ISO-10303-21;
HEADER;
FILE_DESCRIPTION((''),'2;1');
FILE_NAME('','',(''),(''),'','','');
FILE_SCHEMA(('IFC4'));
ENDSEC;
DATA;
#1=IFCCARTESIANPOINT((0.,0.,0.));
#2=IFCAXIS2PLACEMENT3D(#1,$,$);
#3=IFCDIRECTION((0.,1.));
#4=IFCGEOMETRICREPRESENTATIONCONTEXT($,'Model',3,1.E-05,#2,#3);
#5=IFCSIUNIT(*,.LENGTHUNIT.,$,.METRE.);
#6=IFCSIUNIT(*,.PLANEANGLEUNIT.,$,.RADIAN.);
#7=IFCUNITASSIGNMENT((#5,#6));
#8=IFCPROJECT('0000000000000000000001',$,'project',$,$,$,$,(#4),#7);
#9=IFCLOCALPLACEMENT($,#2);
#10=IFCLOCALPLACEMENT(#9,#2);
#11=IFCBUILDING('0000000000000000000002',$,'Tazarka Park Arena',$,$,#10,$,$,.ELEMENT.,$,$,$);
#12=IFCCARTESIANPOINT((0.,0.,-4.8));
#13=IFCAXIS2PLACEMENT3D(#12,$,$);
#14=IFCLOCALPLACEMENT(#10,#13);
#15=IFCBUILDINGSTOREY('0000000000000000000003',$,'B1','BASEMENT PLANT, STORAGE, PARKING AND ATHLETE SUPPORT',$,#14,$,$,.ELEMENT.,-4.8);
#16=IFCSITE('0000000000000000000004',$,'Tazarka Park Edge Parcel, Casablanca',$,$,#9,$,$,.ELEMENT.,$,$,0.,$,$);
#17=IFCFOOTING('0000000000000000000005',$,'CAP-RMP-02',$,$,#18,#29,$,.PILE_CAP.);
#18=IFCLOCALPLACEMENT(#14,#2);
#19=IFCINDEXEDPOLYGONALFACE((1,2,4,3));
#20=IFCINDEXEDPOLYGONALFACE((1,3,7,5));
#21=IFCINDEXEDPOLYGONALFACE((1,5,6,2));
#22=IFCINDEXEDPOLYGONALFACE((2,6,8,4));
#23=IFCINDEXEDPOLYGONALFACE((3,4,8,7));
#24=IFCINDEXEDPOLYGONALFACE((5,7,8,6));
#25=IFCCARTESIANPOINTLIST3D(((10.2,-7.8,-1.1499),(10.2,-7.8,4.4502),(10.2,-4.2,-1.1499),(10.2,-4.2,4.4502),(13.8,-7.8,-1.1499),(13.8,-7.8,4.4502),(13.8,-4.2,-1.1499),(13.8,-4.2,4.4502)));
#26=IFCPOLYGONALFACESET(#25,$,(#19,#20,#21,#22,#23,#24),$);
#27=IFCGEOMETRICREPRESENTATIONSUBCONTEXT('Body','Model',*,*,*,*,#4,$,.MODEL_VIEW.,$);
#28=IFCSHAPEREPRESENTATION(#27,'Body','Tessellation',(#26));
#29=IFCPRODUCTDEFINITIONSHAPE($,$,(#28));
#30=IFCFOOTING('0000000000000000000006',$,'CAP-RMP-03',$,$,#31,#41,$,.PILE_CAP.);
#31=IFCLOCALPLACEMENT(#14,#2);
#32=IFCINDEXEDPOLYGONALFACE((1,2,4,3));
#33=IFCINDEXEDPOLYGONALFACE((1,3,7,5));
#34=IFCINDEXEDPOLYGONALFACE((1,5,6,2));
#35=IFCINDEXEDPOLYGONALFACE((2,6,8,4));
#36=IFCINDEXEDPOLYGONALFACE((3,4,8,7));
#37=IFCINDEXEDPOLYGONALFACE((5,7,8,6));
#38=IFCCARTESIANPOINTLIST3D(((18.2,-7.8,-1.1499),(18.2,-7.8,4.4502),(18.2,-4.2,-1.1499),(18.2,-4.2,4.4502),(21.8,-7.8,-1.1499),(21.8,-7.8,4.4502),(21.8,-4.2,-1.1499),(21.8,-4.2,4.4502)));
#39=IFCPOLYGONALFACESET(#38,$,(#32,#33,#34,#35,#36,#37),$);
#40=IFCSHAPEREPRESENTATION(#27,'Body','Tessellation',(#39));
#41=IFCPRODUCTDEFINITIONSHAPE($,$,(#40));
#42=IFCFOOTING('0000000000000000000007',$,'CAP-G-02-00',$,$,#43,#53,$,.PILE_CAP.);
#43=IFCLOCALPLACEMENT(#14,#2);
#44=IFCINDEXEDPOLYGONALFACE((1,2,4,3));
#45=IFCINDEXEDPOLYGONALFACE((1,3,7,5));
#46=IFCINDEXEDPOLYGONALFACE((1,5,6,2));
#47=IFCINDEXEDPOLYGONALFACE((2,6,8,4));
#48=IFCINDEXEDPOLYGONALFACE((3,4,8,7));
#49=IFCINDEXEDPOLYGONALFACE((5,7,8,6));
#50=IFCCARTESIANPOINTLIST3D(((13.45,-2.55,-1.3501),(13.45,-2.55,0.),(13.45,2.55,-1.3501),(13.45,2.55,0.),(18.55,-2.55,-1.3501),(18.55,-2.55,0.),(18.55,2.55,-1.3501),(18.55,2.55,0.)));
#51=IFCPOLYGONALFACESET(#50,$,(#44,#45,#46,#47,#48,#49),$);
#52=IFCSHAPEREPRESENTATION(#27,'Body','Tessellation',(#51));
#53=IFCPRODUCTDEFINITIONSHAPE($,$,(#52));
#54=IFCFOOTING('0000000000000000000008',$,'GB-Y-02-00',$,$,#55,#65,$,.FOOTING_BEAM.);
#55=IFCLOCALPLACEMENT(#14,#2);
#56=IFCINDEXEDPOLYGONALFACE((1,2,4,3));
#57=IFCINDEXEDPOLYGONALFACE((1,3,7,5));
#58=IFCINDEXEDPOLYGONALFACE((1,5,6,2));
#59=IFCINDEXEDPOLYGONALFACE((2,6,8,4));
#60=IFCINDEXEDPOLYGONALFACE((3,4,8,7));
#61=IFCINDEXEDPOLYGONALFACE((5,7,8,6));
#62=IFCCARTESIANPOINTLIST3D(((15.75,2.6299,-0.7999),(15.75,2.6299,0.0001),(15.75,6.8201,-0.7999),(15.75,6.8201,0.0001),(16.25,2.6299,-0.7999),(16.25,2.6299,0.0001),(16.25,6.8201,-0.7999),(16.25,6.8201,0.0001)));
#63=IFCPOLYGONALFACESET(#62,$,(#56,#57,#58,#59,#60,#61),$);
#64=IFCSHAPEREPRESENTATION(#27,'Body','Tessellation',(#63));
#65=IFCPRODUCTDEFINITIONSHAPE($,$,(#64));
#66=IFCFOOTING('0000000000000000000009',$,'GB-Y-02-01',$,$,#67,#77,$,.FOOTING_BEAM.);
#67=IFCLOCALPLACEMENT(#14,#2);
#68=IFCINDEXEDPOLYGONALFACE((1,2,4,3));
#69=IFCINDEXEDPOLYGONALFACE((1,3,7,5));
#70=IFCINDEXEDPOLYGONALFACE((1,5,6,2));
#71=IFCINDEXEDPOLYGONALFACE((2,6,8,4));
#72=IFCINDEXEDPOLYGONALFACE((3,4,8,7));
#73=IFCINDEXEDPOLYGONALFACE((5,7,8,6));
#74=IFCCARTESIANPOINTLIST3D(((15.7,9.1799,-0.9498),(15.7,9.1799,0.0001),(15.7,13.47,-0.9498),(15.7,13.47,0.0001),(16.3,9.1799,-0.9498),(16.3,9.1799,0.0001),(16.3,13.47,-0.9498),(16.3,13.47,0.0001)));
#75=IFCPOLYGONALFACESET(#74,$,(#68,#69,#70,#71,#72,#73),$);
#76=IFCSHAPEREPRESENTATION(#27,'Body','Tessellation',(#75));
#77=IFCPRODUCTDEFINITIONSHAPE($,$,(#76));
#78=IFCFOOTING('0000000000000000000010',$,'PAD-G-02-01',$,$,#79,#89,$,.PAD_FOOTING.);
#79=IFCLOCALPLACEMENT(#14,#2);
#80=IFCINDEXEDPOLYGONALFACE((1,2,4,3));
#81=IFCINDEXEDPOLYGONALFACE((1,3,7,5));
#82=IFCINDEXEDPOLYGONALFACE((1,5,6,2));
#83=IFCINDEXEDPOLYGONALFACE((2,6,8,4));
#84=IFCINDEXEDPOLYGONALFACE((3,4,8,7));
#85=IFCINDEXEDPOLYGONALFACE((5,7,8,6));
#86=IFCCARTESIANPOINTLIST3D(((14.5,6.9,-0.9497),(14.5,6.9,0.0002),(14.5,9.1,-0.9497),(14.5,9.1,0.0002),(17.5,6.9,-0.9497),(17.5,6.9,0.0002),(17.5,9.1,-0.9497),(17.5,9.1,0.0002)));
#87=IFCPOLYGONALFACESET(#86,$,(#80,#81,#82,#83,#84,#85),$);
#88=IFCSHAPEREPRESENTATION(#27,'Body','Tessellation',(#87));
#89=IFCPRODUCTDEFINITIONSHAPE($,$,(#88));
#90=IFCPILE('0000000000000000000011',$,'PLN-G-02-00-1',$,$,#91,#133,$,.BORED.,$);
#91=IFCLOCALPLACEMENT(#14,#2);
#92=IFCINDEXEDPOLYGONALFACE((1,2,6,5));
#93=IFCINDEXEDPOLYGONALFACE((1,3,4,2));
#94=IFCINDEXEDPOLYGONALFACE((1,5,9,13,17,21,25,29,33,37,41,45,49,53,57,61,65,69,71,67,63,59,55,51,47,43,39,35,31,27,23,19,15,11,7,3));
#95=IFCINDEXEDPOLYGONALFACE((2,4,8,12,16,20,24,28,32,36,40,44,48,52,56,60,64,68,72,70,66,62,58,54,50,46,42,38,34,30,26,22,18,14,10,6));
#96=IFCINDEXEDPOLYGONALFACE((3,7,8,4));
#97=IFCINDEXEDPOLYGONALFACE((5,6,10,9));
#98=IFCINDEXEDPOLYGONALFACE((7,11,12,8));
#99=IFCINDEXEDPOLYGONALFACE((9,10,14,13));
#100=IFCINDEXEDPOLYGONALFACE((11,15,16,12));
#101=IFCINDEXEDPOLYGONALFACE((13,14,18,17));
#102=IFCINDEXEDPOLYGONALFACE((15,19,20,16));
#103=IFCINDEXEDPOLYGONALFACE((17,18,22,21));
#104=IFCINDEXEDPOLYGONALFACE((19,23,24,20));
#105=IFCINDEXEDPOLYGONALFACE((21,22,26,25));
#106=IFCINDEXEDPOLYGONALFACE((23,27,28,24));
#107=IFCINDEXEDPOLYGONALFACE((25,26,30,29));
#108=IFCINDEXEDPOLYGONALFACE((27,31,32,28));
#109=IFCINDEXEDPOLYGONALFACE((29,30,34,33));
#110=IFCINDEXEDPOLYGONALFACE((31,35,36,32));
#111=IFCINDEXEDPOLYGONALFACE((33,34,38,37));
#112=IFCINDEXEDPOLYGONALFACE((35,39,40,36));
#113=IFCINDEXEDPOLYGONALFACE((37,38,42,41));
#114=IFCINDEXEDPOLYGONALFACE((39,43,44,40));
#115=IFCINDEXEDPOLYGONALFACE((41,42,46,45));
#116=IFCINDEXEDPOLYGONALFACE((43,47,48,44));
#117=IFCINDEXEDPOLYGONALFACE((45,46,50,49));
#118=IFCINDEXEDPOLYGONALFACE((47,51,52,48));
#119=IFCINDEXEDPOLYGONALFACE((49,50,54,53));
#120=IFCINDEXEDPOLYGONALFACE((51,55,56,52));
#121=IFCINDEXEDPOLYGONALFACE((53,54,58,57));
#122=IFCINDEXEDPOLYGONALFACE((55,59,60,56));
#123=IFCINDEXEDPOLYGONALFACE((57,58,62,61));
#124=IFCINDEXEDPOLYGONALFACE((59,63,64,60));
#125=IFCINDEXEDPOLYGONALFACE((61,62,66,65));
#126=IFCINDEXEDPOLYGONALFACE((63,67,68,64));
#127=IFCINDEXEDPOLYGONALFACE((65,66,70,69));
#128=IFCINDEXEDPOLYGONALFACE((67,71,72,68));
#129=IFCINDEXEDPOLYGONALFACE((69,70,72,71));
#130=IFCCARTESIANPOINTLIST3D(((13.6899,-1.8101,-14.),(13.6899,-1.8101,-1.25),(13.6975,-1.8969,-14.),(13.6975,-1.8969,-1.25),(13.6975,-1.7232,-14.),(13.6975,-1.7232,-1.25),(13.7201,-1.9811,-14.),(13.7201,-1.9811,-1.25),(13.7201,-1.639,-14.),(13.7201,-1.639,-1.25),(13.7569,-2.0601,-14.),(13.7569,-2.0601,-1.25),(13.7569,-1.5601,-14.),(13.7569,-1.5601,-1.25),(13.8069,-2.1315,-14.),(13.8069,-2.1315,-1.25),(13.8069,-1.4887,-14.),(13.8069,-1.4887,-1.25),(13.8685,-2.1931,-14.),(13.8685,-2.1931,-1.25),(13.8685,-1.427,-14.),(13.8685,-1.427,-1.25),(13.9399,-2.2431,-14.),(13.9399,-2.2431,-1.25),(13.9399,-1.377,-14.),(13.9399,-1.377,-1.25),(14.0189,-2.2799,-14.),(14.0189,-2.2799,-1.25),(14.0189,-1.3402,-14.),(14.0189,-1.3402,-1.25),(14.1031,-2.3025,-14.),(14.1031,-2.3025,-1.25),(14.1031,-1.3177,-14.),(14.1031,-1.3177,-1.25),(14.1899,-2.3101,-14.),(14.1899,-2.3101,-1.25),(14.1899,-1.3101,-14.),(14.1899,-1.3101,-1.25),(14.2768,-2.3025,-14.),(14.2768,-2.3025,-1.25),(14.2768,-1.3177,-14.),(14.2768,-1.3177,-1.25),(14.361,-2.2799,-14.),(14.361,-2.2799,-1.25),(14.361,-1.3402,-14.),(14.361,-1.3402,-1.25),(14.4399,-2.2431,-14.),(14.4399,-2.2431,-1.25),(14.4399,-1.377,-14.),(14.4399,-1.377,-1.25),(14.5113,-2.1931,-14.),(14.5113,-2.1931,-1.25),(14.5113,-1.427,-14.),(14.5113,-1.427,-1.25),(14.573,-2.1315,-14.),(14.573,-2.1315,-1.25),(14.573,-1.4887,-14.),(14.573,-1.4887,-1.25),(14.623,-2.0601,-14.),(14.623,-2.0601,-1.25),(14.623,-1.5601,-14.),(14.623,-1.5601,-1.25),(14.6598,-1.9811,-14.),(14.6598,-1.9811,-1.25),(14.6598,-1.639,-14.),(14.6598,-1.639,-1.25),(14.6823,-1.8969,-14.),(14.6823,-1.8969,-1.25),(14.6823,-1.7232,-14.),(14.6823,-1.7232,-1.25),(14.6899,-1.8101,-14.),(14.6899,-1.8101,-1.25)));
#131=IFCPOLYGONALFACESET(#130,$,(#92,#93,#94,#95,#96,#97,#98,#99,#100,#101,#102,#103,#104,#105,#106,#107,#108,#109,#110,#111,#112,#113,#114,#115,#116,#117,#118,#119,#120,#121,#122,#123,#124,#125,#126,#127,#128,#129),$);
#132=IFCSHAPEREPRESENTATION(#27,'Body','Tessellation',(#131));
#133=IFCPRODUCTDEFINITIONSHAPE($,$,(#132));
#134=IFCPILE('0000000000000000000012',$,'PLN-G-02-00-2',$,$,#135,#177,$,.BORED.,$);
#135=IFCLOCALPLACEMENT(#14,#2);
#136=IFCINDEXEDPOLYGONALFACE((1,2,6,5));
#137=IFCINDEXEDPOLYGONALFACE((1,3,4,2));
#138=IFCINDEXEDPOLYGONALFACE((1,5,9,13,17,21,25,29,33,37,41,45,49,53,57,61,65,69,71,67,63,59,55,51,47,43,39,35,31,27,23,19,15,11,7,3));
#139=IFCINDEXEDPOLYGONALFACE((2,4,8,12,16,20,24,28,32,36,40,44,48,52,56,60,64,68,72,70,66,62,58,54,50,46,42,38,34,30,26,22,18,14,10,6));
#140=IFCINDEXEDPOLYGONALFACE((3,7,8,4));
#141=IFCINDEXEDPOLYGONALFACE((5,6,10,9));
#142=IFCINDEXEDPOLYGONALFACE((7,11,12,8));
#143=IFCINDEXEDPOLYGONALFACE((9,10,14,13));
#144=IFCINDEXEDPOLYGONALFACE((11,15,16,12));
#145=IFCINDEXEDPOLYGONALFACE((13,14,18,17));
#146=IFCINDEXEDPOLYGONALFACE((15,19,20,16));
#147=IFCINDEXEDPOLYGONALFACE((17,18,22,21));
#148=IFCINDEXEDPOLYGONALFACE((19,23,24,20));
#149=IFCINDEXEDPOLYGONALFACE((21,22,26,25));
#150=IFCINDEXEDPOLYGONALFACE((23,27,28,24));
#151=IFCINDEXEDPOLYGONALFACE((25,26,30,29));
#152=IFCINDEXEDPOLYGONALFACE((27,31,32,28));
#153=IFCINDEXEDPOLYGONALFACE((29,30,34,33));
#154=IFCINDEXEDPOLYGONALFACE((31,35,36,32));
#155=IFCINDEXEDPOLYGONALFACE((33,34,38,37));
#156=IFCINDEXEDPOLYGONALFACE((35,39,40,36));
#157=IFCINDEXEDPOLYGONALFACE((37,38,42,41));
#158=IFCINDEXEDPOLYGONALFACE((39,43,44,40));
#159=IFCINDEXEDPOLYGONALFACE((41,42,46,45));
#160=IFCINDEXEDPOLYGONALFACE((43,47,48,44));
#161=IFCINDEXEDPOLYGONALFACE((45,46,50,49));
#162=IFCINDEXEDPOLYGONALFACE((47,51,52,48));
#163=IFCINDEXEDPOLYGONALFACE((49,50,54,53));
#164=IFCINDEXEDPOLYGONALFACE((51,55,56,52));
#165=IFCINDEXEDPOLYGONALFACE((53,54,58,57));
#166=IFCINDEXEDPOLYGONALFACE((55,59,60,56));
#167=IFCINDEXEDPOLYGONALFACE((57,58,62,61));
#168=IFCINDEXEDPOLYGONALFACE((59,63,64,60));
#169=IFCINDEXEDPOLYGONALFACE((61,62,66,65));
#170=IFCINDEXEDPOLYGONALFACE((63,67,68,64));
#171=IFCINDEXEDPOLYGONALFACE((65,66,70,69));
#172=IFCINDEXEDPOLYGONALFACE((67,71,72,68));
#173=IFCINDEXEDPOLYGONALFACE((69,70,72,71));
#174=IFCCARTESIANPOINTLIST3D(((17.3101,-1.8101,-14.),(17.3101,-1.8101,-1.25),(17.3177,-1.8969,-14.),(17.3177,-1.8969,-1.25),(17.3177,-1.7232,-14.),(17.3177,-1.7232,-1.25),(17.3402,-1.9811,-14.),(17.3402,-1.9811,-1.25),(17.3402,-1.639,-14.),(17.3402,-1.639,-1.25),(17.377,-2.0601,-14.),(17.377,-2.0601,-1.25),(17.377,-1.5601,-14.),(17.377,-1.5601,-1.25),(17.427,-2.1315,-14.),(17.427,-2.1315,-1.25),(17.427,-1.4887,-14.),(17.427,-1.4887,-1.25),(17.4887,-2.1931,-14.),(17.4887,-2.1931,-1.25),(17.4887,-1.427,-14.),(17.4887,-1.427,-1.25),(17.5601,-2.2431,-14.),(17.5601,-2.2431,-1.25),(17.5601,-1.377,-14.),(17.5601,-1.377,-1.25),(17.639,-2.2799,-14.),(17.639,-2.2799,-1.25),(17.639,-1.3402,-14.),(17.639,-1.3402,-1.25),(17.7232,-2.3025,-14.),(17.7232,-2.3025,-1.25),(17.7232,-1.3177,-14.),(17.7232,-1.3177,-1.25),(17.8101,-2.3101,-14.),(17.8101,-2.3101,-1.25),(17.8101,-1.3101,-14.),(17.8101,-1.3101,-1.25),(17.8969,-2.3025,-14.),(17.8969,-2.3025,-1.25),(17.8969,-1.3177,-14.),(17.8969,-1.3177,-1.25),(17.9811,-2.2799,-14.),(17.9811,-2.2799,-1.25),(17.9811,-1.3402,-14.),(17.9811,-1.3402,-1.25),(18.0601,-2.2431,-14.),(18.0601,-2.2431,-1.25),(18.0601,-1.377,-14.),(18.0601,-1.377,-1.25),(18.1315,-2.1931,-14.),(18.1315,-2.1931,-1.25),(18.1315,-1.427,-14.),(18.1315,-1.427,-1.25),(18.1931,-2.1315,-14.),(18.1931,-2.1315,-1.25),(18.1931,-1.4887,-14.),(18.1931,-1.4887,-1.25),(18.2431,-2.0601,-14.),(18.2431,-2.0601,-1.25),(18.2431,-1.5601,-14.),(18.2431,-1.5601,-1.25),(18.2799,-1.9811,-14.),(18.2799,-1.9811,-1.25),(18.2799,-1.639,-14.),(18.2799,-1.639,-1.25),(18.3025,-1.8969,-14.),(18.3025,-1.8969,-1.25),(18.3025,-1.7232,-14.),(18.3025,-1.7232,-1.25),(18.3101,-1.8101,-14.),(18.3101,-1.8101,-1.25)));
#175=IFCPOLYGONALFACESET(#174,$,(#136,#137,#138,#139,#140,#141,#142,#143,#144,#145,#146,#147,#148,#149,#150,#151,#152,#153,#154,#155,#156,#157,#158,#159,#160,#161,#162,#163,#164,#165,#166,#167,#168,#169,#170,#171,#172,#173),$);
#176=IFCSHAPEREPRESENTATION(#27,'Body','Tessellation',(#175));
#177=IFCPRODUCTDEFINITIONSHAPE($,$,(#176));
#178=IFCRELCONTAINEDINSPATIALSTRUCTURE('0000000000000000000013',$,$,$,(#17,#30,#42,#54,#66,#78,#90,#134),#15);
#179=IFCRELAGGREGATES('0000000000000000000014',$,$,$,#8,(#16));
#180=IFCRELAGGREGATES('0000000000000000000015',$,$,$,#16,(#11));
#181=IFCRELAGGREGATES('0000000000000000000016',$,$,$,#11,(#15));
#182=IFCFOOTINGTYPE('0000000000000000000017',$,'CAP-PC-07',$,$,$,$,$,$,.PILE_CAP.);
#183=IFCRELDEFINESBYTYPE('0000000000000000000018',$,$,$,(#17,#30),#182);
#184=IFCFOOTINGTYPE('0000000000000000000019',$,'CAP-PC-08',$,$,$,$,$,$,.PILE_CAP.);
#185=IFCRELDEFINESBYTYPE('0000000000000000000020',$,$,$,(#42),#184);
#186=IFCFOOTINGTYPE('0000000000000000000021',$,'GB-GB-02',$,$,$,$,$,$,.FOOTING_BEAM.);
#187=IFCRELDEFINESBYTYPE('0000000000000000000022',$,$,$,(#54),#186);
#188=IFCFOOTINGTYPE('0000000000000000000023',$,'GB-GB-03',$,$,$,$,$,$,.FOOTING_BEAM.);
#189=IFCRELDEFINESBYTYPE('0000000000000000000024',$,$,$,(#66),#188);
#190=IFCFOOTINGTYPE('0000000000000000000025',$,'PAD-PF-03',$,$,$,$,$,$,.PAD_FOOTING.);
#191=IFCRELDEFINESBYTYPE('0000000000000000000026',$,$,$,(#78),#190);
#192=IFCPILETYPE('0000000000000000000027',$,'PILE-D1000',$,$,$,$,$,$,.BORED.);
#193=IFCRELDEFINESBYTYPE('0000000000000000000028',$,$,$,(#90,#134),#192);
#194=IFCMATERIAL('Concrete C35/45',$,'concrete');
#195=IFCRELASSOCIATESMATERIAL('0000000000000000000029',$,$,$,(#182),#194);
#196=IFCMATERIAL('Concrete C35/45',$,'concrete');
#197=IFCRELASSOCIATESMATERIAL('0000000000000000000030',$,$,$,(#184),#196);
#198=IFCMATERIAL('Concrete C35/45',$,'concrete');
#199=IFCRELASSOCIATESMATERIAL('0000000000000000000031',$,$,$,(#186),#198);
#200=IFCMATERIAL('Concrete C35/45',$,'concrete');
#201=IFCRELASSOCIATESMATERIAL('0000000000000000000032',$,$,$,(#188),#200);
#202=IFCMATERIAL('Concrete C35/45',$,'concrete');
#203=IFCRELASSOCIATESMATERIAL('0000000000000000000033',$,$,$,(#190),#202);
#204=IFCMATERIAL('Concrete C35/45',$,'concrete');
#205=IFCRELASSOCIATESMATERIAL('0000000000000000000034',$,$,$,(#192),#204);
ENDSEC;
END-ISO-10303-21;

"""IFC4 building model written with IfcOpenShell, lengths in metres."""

from ifc_helpers import new_model, si_unit, direction, frame, origin, origin_2d, place, context, subcontext, project, spatial, rectangle, circle, extrude, material, material_profile, profile_set, type_object, element, save


model = new_model("IFC4")

# Units and contexts
model_context = context("Model", 3, precision=1e-05, world=origin(), true_north=direction((0.0, 1.0)))
body_context = subcontext(model_context, "Body", "Model", "MODEL_VIEW")
ifc_project = project(units=[si_unit("LENGTHUNIT", "METRE"), si_unit("PLANEANGLEUNIT", "RADIAN")], contexts=[model_context])

# Site, building, storey
site_placement = place(None, origin())
site = spatial("IfcSite", under=ifc_project, at=site_placement, Name="Tazarka Park Edge Parcel, Casablanca", CompositionType="ELEMENT", RefElevation=0.0)
building_placement = place(site_placement, origin())
building = spatial("IfcBuilding", under=site, at=building_placement, Name="Tazarka Park Arena", CompositionType="ELEMENT")
storey_placement = place(building_placement, frame((0.0, 0.0, -4.8)))
storey = spatial("IfcBuildingStorey", under=building, at=storey_placement, Name="B1", Description="BASEMENT PLANT, STORAGE, PARKING AND ATHLETE SUPPORT", CompositionType="ELEMENT", Elevation=-4.8)

# Footings
ifc_material_1 = material(Name="Concrete C35/45", Category="concrete")
footing_type_1 = type_object("IfcFootingType", Name="CAP-PC-07", PredefinedType="PILE_CAP", material=ifc_material_1)
for number, where, z_axis, x_axis, name in (
    (1, (12.0, -6.0, -1.1499), (0.0, 0.0, 1.0), (1.0, 0.0, 0.0), "CAP-RMP-02"),
    (2, (20.0, -6.0, -1.1499), (0.0, 0.0, 1.0), (1.0, 0.0, 0.0), "CAP-RMP-03"),
):
    element("IfcFooting", number, at=place(storey_placement, frame(where, z_axis=z_axis, x_axis=x_axis)), inside=storey, type_object=footing_type_1, Name=name, PredefinedType="PILE_CAP", context=body_context, shape_type="SweptSolid", body=[
        extrude(rectangle(XDim=3.6001, YDim=3.6001, at=origin_2d()), origin(), (0.0, 0.0, 1.0), 5.6001),
    ])
ifc_material_2 = material(Name="Concrete C35/45", Category="concrete")
footing_type_2 = type_object("IfcFootingType", Name="CAP-PC-08", PredefinedType="PILE_CAP", material=ifc_material_2)
footing_1_placement = place(storey_placement, frame((16.0, 0.0, -1.3501), z_axis=(0.0, 0.0, 1.0), x_axis=(1.0, 0.0, 0.0)))
element("IfcFooting", 3, at=footing_1_placement, inside=storey, type_object=footing_type_2, Name="CAP-G-02-00", PredefinedType="PILE_CAP", context=body_context, shape_type="SweptSolid", body=[
    extrude(rectangle(XDim=5.1001, YDim=5.1001, at=origin_2d()), origin(), (0.0, 0.0, 1.0), 1.3501),
])
ifc_material_3 = material(Name="Concrete C35/45", Category="concrete")
ifc_material_profile_1 = material_profile(ifc_material_3, rectangle(XDim=0.5, YDim=0.8, at=origin_2d()), Name="Concrete C35/45")
ifc_profile_set_1 = profile_set([ifc_material_profile_1], Name="Concrete C35/45")
footing_type_3 = type_object("IfcFootingType", Name="GB-GB-02", PredefinedType="FOOTING_BEAM", material=ifc_profile_set_1)
footing_2_placement = place(storey_placement, frame((16.0, 2.6299, -0.3999), z_axis=(0.0, 1.0, 0.0), x_axis=(-1.0, 0.0, 0.0)))
element("IfcFooting", 4, at=footing_2_placement, inside=storey, type_object=footing_type_3, Name="GB-Y-02-00", PredefinedType="FOOTING_BEAM", context=body_context, shape_type="SweptSolid", body=[
    extrude(rectangle(XDim=0.5, YDim=0.8, at=origin_2d()), origin(), (0.0, 0.0, 1.0), 4.1902),
])
ifc_material_4 = material(Name="Concrete C35/45", Category="concrete")
ifc_material_profile_2 = material_profile(ifc_material_4, rectangle(XDim=0.6001, YDim=0.95, at=origin_2d()), Name="Concrete C35/45")
ifc_profile_set_2 = profile_set([ifc_material_profile_2], Name="Concrete C35/45")
footing_type_4 = type_object("IfcFootingType", Name="GB-GB-03", PredefinedType="FOOTING_BEAM", material=ifc_profile_set_2)
footing_3_placement = place(storey_placement, frame((16.0, 9.1799, -0.4749), z_axis=(0.0, 1.0, 0.0), x_axis=(-1.0, 0.0, 0.0)))
element("IfcFooting", 5, at=footing_3_placement, inside=storey, type_object=footing_type_4, Name="GB-Y-02-01", PredefinedType="FOOTING_BEAM", context=body_context, shape_type="SweptSolid", body=[
    extrude(rectangle(XDim=0.6001, YDim=0.95, at=origin_2d()), origin(), (0.0, 0.0, 1.0), 4.29),
])
ifc_material_5 = material(Name="Concrete C35/45", Category="concrete")
footing_type_5 = type_object("IfcFootingType", Name="PAD-PF-03", PredefinedType="PAD_FOOTING", material=ifc_material_5)
footing_4_placement = place(storey_placement, frame((16.0, 8.0, -0.9497), z_axis=(0.0, 0.0, 1.0), x_axis=(1.0, 0.0, 0.0)))
element("IfcFooting", 6, at=footing_4_placement, inside=storey, type_object=footing_type_5, Name="PAD-G-02-01", PredefinedType="PAD_FOOTING", context=body_context, shape_type="SweptSolid", body=[
    extrude(rectangle(XDim=3.0, YDim=2.2, at=origin_2d()), origin(), (0.0, 0.0, 1.0), 0.95),
])

# Piles
ifc_material_6 = material(Name="Concrete C35/45", Category="concrete")
ifc_material_profile_3 = material_profile(ifc_material_6, circle(Radius=0.5, at=origin_2d()), Name="Concrete C35/45")
ifc_profile_set_3 = profile_set([ifc_material_profile_3], Name="Concrete C35/45")
pile_type_1 = type_object("IfcPileType", Name="PILE-D1000", PredefinedType="BORED", material=ifc_profile_set_3)
for number, where, z_axis, x_axis, name in (
    (7, (14.1899, -1.8101, -1.25), (0.0, 0.0, -1.0), (1.0, 0.0, 0.0), "PLN-G-02-00-1"),
    (8, (17.8101, -1.8101, -1.25), (0.0, 0.0, -1.0), (1.0, 0.0, 0.0), "PLN-G-02-00-2"),
):
    element("IfcPile", number, at=place(storey_placement, frame(where, z_axis=z_axis, x_axis=x_axis)), inside=storey, type_object=pile_type_1, Name=name, PredefinedType="BORED", context=body_context, shape_type="SweptSolid", body=[
        extrude(circle(Radius=0.5, at=origin_2d()), origin(), (0.0, 0.0, 1.0), 12.75),
    ])

save(model, "model.ifc")
